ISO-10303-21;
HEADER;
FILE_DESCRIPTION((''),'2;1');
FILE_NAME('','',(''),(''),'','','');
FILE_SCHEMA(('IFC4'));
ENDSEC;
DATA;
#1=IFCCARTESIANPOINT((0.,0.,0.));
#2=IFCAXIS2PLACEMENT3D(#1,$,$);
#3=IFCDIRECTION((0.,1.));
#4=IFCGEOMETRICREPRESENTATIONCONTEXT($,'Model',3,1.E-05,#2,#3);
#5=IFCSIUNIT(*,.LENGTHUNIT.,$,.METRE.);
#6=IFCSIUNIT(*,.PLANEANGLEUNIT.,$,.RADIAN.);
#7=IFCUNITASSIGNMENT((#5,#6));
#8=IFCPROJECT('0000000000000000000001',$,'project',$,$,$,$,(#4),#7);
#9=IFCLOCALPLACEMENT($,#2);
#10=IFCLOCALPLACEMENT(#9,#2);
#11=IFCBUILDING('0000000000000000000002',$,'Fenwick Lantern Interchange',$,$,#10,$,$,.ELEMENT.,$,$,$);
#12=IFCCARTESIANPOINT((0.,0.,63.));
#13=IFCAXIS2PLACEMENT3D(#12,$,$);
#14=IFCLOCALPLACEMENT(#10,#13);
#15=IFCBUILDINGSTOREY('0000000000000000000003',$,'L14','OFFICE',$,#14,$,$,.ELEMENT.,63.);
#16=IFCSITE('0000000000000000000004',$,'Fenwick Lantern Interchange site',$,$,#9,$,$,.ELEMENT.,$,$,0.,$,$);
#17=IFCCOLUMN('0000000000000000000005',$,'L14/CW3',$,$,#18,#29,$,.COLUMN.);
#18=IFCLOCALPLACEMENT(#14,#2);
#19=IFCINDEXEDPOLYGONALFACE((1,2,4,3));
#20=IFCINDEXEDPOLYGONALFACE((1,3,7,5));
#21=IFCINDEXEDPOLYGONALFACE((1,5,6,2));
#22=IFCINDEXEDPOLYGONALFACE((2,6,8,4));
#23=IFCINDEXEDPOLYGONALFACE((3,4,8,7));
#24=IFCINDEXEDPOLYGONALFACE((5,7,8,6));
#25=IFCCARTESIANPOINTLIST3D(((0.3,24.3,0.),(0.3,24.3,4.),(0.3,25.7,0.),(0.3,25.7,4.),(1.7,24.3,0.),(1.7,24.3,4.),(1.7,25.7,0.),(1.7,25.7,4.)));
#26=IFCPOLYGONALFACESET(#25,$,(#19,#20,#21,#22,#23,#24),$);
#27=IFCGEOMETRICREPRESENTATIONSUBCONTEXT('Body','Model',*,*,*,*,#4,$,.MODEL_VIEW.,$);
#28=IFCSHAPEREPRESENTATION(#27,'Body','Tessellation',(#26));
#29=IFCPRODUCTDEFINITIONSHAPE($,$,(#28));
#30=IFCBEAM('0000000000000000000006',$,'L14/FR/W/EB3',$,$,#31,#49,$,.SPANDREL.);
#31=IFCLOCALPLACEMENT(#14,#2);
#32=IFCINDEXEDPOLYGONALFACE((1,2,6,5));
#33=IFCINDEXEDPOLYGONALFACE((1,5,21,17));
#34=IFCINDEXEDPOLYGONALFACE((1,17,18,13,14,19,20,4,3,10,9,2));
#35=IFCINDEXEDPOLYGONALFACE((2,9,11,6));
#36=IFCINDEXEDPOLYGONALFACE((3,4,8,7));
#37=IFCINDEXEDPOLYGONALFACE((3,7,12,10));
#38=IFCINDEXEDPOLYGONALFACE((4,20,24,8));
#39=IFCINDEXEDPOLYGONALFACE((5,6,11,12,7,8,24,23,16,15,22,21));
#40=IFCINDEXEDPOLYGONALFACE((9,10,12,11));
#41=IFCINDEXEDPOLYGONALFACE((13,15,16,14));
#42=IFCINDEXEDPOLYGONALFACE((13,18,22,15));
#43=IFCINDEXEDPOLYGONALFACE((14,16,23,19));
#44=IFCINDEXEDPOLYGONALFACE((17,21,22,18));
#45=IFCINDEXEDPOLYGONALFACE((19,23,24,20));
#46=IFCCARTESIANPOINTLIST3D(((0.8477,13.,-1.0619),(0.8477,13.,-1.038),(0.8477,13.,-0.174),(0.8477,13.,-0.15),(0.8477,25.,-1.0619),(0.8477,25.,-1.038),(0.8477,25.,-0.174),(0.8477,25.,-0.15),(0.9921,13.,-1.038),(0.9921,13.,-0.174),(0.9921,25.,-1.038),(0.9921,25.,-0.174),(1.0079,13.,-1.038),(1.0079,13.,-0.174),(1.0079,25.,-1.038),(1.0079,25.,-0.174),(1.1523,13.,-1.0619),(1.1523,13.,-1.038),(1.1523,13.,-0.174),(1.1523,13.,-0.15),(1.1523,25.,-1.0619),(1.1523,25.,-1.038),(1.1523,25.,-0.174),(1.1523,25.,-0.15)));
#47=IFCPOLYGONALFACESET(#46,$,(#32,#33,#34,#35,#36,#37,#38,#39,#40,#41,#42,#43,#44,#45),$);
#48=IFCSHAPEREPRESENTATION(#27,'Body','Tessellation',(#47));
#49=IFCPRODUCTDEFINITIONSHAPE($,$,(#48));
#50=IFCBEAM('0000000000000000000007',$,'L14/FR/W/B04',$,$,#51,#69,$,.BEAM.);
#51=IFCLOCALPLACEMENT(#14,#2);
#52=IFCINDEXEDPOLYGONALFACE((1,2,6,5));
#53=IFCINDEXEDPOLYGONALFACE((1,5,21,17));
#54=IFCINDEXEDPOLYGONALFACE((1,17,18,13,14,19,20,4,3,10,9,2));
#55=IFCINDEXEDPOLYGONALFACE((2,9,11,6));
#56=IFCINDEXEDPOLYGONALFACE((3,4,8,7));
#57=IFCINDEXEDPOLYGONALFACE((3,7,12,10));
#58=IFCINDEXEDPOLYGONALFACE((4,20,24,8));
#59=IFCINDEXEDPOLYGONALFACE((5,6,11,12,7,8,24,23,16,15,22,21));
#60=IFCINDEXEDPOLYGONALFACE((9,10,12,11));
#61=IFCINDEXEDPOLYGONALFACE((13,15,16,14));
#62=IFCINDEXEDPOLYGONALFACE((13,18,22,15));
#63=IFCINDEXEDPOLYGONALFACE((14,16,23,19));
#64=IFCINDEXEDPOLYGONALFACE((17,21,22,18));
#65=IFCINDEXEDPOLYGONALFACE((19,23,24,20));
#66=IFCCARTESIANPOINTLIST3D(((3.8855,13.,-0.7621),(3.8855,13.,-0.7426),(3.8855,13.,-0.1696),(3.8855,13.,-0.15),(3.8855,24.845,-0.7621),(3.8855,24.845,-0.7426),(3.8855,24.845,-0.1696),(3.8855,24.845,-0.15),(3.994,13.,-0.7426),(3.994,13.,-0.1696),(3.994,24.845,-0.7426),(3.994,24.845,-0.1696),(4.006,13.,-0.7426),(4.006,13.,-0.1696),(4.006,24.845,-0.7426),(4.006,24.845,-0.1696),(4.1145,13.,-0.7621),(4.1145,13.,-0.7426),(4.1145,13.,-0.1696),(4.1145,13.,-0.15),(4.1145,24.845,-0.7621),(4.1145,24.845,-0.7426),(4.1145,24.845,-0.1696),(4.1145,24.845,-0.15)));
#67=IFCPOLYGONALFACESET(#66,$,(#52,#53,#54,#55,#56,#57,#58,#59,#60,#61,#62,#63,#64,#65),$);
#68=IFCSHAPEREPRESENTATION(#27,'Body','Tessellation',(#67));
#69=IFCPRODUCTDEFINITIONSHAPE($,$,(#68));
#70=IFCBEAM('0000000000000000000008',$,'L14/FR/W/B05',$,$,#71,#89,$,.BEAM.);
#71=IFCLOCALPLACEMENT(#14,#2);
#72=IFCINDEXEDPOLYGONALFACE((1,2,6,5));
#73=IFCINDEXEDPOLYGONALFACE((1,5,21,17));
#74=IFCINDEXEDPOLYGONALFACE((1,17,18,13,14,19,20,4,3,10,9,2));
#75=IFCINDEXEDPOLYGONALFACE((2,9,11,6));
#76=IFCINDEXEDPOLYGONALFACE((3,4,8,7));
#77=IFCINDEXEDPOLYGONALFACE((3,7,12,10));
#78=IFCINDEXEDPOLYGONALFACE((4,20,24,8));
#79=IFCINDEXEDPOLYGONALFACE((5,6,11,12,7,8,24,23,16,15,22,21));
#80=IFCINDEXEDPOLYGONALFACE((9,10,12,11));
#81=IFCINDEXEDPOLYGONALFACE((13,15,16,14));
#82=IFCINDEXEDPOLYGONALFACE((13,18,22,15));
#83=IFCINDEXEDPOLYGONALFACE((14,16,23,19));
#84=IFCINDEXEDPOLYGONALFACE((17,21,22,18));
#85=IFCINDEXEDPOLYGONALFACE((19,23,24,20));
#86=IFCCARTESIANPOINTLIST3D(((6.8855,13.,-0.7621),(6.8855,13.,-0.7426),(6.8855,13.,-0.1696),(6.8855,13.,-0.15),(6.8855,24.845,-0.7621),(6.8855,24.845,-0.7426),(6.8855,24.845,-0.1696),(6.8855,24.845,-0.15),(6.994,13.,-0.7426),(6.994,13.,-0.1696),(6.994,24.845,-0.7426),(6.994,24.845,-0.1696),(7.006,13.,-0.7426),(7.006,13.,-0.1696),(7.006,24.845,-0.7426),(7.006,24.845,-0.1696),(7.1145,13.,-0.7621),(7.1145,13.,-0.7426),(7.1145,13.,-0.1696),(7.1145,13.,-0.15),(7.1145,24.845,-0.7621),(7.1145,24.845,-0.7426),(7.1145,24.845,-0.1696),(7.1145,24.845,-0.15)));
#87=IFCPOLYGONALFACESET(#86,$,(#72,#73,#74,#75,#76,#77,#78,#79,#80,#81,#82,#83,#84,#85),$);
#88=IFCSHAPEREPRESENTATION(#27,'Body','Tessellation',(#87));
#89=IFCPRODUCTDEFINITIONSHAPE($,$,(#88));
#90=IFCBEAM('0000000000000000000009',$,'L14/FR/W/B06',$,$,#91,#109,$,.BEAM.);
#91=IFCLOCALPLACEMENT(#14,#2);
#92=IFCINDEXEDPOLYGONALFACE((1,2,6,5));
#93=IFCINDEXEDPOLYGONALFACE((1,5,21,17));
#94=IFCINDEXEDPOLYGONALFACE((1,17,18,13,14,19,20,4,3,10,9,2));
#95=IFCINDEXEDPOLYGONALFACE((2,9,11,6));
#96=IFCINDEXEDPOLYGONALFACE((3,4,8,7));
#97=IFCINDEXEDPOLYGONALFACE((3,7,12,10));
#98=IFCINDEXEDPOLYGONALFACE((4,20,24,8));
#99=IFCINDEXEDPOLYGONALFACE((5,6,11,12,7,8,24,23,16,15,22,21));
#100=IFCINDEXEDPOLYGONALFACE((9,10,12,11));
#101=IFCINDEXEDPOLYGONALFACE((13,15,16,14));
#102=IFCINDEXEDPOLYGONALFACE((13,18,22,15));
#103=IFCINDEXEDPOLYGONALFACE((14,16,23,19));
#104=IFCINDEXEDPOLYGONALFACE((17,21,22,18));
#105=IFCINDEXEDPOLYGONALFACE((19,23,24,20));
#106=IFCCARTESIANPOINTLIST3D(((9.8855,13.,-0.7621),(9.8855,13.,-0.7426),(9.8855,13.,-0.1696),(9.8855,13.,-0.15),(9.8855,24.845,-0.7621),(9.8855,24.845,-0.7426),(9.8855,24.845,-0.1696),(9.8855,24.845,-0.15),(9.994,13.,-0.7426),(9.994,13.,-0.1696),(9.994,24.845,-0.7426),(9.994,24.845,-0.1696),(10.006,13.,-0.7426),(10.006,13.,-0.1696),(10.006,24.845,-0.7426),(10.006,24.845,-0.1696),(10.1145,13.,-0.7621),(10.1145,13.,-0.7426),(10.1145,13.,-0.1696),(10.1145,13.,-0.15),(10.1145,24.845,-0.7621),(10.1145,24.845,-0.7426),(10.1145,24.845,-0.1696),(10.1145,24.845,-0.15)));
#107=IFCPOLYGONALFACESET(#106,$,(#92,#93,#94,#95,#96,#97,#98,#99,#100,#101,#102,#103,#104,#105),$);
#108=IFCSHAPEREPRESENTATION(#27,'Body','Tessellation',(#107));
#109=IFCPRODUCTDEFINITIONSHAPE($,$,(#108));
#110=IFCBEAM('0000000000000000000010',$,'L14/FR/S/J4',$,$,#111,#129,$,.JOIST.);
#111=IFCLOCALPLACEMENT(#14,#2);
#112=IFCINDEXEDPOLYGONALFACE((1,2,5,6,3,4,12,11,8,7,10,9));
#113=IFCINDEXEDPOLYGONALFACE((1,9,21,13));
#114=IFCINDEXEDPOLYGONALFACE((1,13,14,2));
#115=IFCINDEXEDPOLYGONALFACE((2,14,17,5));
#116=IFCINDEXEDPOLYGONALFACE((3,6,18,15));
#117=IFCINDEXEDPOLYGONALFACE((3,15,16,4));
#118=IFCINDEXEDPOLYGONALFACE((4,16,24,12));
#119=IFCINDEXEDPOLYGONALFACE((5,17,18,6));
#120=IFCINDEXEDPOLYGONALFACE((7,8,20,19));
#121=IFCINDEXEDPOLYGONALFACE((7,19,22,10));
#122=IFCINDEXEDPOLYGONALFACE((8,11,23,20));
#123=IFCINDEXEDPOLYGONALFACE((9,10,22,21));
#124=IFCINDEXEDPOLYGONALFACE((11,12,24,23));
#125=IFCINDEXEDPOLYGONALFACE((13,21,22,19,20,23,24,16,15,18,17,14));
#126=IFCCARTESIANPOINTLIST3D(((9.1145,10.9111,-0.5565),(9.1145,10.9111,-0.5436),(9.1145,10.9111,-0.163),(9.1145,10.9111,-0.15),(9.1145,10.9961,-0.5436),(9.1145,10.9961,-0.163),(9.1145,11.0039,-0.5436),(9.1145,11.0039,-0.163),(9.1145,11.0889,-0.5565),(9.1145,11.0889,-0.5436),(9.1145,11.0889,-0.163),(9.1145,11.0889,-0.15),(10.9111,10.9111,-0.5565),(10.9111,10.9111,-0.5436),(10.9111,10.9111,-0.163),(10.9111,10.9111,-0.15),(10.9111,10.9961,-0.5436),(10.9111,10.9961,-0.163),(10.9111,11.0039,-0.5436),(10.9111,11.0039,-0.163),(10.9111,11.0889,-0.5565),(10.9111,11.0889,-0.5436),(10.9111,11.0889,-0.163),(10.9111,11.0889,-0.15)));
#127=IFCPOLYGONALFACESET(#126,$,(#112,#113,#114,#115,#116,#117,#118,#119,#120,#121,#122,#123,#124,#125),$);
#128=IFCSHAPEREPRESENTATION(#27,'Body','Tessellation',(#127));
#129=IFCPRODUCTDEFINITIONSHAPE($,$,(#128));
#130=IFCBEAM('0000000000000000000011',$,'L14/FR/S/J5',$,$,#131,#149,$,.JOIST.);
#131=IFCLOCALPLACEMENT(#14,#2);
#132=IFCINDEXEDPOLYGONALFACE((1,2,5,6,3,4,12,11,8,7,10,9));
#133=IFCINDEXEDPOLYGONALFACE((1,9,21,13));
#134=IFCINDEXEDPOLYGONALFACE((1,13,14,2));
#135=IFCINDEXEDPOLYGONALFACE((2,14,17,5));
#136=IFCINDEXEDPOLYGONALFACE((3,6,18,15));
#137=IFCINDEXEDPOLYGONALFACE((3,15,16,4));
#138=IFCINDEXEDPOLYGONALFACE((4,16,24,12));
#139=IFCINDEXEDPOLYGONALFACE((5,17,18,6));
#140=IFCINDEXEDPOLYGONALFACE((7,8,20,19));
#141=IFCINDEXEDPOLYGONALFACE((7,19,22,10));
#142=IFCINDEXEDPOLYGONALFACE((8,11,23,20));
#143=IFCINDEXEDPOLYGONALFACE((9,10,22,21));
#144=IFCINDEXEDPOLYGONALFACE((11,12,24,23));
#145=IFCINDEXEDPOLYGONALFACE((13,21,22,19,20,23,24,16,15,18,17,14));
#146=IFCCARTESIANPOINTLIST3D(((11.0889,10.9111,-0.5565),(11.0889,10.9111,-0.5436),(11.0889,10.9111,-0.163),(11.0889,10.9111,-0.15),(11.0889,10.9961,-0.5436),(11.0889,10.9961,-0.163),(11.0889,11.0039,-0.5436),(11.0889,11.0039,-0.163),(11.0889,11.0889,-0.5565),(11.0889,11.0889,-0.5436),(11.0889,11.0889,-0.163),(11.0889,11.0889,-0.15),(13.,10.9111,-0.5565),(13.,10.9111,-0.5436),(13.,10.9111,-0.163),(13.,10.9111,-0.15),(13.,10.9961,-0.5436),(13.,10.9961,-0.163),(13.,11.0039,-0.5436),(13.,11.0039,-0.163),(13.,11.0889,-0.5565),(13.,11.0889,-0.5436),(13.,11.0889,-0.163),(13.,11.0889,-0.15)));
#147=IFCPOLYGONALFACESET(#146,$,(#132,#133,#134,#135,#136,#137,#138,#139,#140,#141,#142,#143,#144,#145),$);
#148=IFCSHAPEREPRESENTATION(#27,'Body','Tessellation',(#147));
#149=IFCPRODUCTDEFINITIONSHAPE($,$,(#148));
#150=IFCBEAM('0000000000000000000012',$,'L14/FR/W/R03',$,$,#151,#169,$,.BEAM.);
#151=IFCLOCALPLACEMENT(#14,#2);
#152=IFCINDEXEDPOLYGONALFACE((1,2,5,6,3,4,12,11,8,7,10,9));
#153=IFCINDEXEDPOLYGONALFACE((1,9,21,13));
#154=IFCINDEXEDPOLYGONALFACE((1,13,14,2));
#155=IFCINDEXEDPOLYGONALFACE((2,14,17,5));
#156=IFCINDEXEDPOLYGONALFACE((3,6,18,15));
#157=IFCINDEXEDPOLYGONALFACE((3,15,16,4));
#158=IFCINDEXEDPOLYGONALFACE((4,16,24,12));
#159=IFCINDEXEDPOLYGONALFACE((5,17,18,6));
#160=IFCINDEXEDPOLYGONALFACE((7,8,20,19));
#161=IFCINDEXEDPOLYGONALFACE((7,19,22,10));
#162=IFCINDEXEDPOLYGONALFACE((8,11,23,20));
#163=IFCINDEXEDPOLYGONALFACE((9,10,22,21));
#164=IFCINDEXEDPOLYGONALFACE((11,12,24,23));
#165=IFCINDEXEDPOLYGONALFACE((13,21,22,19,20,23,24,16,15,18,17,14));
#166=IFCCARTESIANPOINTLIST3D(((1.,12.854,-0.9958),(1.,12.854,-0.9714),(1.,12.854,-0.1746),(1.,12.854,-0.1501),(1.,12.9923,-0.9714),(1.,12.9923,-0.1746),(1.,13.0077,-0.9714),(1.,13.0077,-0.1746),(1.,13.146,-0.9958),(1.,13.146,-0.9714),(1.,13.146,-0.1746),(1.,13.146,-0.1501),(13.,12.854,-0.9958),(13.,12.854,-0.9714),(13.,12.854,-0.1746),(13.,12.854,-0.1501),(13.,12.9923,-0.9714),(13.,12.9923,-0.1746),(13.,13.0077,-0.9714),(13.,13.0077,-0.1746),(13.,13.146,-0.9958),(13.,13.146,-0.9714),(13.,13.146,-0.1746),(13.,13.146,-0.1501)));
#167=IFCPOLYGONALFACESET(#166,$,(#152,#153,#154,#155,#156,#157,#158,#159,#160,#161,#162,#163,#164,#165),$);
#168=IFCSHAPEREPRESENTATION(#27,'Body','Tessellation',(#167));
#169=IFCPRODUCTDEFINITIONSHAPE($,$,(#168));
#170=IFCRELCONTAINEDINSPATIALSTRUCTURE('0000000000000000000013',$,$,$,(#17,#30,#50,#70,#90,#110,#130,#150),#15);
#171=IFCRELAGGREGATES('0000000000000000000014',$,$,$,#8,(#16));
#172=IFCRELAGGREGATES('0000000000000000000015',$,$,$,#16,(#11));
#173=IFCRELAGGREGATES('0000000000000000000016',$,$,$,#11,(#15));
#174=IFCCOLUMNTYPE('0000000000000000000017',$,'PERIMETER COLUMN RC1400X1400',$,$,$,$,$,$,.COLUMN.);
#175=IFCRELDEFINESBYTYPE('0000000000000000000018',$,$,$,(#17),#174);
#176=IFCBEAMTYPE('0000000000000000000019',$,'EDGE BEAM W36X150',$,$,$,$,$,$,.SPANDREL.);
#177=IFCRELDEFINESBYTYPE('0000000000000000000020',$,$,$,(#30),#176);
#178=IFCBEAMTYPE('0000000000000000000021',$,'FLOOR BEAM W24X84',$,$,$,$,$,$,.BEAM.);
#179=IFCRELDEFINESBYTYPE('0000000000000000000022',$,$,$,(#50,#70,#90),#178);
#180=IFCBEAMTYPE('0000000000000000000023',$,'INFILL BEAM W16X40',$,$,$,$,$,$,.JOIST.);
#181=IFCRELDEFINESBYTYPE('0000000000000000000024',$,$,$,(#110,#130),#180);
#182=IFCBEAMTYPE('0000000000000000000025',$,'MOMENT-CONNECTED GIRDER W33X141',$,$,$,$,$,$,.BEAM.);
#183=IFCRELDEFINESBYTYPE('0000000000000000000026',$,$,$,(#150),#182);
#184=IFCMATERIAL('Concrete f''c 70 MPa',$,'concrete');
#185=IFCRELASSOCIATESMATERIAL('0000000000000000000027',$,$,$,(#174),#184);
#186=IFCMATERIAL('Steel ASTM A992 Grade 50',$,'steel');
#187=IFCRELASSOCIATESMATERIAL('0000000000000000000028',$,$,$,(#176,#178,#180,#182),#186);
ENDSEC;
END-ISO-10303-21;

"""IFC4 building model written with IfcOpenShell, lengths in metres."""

from ifc_helpers import new_model, si_unit, direction, frame, origin, origin_2d, place, context, subcontext, project, spatial, rectangle, i_section, extrude, material, material_profile, profile_set, type_object, element, save


model = new_model("IFC4")

# Units and contexts
model_context = context("Model", 3, precision=1e-05, world=origin(), true_north=direction((0.0, 1.0)))
body_context = subcontext(model_context, "Body", "Model", "MODEL_VIEW")
ifc_project = project(units=[si_unit("LENGTHUNIT", "METRE"), si_unit("PLANEANGLEUNIT", "RADIAN")], contexts=[model_context])

# Site, building, storey
site_placement = place(None, origin())
site = spatial("IfcSite", under=ifc_project, at=site_placement, Name="Fenwick Lantern Interchange site", CompositionType="ELEMENT", RefElevation=0.0)
building_placement = place(site_placement, origin())
building = spatial("IfcBuilding", under=site, at=building_placement, Name="Fenwick Lantern Interchange", CompositionType="ELEMENT")
storey_placement = place(building_placement, frame((0.0, 0.0, 63.0)))
storey = spatial("IfcBuildingStorey", under=building, at=storey_placement, Name="L14", Description="OFFICE", CompositionType="ELEMENT", Elevation=63.0)

# Column
ifc_material_1 = material(Name="Concrete f'c 70 MPa", Category="concrete")
ifc_material_profile_1 = material_profile(ifc_material_1, rectangle(XDim=1.3999, YDim=1.3999, at=origin_2d()), Name="RC1400X1400")
ifc_profile_set_1 = profile_set([ifc_material_profile_1], Name="Concrete f'c 70 MPa")
column_type = type_object("IfcColumnType", Name="PERIMETER COLUMN RC1400X1400", PredefinedType="COLUMN", material=ifc_profile_set_1)
column_placement = place(storey_placement, frame((1.0, 25.0, 0.0), z_axis=(0.0, 0.0, 1.0), x_axis=(1.0, 0.0, 0.0)))
element("IfcColumn", 1, at=column_placement, inside=storey, type_object=column_type, Name="L14/CW3", PredefinedType="COLUMN", context=body_context, shape_type="SweptSolid", body=[
    extrude(rectangle(XDim=1.3999, YDim=1.3999, at=origin_2d()), origin(), (0.0, 0.0, 1.0), 4.0),
])

# Beams
ifc_material_2 = material(Name="Steel ASTM A992 Grade 50", Category="steel")
ifc_material_profile_2 = material_profile(ifc_material_2, i_section(OverallWidth=0.3047, OverallDepth=0.9119, WebThickness=0.0159, FlangeThickness=0.0239, at=origin_2d()), Name="W36X150")
ifc_profile_set_2 = profile_set([ifc_material_profile_2], Name="Steel ASTM A992 Grade 50")
beam_type_1 = type_object("IfcBeamType", Name="EDGE BEAM W36X150", PredefinedType="SPANDREL", material=ifc_profile_set_2)
beam_1_placement = place(storey_placement, frame((1.0, 25.0, -0.606), z_axis=(0.0, -1.0, 0.0), x_axis=(1.0, 0.0, 0.0)))
element("IfcBeam", 2, at=beam_1_placement, inside=storey, type_object=beam_type_1, Name="L14/FR/W/EB3", PredefinedType="SPANDREL", context=body_context, shape_type="SweptSolid", body=[
    extrude(i_section(OverallWidth=0.3047, OverallDepth=0.9119, WebThickness=0.0159, FlangeThickness=0.0239, at=origin_2d()), origin(), (0.0, 0.0, 1.0), 12.0),
])
ifc_material_profile_3 = material_profile(ifc_material_2, i_section(OverallWidth=0.229, OverallDepth=0.6121, WebThickness=0.012, FlangeThickness=0.0195, at=origin_2d()), Name="W24X84")
ifc_profile_set_3 = profile_set([ifc_material_profile_3], Name="Steel ASTM A992 Grade 50")
beam_type_2 = type_object("IfcBeamType", Name="FLOOR BEAM W24X84", PredefinedType="BEAM", material=ifc_profile_set_3)
for number, where, z_axis, x_axis, name in (
    (3, (4.0, 24.845, -0.4561), (0.0, -1.0, 0.0), (1.0, 0.0, 0.0), "L14/FR/W/B04"),
    (4, (7.0, 24.845, -0.4561), (0.0, -1.0, 0.0), (1.0, 0.0, 0.0), "L14/FR/W/B05"),
    (5, (10.0, 24.845, -0.4561), (0.0, -1.0, 0.0), (1.0, 0.0, 0.0), "L14/FR/W/B06"),
):
    element("IfcBeam", number, at=place(storey_placement, frame(where, z_axis=z_axis, x_axis=x_axis)), inside=storey, type_object=beam_type_2, Name=name, PredefinedType="BEAM", context=body_context, shape_type="SweptSolid", body=[
        extrude(i_section(OverallWidth=0.229, OverallDepth=0.6121, WebThickness=0.012, FlangeThickness=0.0195, at=origin_2d()), origin(), (0.0, 0.0, 1.0), 11.845),
    ])
ifc_material_profile_4 = material_profile(ifc_material_2, i_section(OverallWidth=0.1777, OverallDepth=0.4065, WebThickness=0.0078, FlangeThickness=0.0129, at=origin_2d()), Name="W16X40")
ifc_profile_set_4 = profile_set([ifc_material_profile_4], Name="Steel ASTM A992 Grade 50")
beam_type_3 = type_object("IfcBeamType", Name="INFILL BEAM W16X40", PredefinedType="JOIST", material=ifc_profile_set_4)
beam_2_placement = place(storey_placement, frame((9.1145, 11.0, -0.3533), z_axis=(1.0, 0.0, 0.0), x_axis=(0.0, 1.0, 0.0)))
element("IfcBeam", 6, at=beam_2_placement, inside=storey, type_object=beam_type_3, Name="L14/FR/S/J4", PredefinedType="JOIST", context=body_context, shape_type="SweptSolid", body=[
    extrude(i_section(OverallWidth=0.1777, OverallDepth=0.4065, WebThickness=0.0078, FlangeThickness=0.0129, at=origin_2d()), origin(), (0.0, 0.0, 1.0), 1.7966),
])
beam_3_placement = place(storey_placement, frame((11.0889, 11.0, -0.3533), z_axis=(1.0, 0.0, 0.0), x_axis=(0.0, 1.0, 0.0)))
element("IfcBeam", 7, at=beam_3_placement, inside=storey, type_object=beam_type_3, Name="L14/FR/S/J5", PredefinedType="JOIST", context=body_context, shape_type="SweptSolid", body=[
    extrude(i_section(OverallWidth=0.1777, OverallDepth=0.4065, WebThickness=0.0078, FlangeThickness=0.0129, at=origin_2d()), origin(), (0.0, 0.0, 1.0), 1.9111),
])
ifc_material_profile_5 = material_profile(ifc_material_2, i_section(OverallWidth=0.292, OverallDepth=0.8457, WebThickness=0.0154, FlangeThickness=0.0244, at=origin_2d()), Name="W33X141")
ifc_profile_set_5 = profile_set([ifc_material_profile_5], Name="Steel ASTM A992 Grade 50")
beam_type_4 = type_object("IfcBeamType", Name="MOMENT-CONNECTED GIRDER W33X141", PredefinedType="BEAM", material=ifc_profile_set_5)
beam_4_placement = place(storey_placement, frame((1.0, 13.0, -0.573), z_axis=(1.0, 0.0, 0.0), x_axis=(0.0, 1.0, 0.0)))
element("IfcBeam", 8, at=beam_4_placement, inside=storey, type_object=beam_type_4, Name="L14/FR/W/R03", PredefinedType="BEAM", context=body_context, shape_type="SweptSolid", body=[
    extrude(i_section(OverallWidth=0.292, OverallDepth=0.8457, WebThickness=0.0154, FlangeThickness=0.0244, at=origin_2d()), origin(), (0.0, 0.0, 1.0), 12.0),
])

save(model, "model.ifc")
